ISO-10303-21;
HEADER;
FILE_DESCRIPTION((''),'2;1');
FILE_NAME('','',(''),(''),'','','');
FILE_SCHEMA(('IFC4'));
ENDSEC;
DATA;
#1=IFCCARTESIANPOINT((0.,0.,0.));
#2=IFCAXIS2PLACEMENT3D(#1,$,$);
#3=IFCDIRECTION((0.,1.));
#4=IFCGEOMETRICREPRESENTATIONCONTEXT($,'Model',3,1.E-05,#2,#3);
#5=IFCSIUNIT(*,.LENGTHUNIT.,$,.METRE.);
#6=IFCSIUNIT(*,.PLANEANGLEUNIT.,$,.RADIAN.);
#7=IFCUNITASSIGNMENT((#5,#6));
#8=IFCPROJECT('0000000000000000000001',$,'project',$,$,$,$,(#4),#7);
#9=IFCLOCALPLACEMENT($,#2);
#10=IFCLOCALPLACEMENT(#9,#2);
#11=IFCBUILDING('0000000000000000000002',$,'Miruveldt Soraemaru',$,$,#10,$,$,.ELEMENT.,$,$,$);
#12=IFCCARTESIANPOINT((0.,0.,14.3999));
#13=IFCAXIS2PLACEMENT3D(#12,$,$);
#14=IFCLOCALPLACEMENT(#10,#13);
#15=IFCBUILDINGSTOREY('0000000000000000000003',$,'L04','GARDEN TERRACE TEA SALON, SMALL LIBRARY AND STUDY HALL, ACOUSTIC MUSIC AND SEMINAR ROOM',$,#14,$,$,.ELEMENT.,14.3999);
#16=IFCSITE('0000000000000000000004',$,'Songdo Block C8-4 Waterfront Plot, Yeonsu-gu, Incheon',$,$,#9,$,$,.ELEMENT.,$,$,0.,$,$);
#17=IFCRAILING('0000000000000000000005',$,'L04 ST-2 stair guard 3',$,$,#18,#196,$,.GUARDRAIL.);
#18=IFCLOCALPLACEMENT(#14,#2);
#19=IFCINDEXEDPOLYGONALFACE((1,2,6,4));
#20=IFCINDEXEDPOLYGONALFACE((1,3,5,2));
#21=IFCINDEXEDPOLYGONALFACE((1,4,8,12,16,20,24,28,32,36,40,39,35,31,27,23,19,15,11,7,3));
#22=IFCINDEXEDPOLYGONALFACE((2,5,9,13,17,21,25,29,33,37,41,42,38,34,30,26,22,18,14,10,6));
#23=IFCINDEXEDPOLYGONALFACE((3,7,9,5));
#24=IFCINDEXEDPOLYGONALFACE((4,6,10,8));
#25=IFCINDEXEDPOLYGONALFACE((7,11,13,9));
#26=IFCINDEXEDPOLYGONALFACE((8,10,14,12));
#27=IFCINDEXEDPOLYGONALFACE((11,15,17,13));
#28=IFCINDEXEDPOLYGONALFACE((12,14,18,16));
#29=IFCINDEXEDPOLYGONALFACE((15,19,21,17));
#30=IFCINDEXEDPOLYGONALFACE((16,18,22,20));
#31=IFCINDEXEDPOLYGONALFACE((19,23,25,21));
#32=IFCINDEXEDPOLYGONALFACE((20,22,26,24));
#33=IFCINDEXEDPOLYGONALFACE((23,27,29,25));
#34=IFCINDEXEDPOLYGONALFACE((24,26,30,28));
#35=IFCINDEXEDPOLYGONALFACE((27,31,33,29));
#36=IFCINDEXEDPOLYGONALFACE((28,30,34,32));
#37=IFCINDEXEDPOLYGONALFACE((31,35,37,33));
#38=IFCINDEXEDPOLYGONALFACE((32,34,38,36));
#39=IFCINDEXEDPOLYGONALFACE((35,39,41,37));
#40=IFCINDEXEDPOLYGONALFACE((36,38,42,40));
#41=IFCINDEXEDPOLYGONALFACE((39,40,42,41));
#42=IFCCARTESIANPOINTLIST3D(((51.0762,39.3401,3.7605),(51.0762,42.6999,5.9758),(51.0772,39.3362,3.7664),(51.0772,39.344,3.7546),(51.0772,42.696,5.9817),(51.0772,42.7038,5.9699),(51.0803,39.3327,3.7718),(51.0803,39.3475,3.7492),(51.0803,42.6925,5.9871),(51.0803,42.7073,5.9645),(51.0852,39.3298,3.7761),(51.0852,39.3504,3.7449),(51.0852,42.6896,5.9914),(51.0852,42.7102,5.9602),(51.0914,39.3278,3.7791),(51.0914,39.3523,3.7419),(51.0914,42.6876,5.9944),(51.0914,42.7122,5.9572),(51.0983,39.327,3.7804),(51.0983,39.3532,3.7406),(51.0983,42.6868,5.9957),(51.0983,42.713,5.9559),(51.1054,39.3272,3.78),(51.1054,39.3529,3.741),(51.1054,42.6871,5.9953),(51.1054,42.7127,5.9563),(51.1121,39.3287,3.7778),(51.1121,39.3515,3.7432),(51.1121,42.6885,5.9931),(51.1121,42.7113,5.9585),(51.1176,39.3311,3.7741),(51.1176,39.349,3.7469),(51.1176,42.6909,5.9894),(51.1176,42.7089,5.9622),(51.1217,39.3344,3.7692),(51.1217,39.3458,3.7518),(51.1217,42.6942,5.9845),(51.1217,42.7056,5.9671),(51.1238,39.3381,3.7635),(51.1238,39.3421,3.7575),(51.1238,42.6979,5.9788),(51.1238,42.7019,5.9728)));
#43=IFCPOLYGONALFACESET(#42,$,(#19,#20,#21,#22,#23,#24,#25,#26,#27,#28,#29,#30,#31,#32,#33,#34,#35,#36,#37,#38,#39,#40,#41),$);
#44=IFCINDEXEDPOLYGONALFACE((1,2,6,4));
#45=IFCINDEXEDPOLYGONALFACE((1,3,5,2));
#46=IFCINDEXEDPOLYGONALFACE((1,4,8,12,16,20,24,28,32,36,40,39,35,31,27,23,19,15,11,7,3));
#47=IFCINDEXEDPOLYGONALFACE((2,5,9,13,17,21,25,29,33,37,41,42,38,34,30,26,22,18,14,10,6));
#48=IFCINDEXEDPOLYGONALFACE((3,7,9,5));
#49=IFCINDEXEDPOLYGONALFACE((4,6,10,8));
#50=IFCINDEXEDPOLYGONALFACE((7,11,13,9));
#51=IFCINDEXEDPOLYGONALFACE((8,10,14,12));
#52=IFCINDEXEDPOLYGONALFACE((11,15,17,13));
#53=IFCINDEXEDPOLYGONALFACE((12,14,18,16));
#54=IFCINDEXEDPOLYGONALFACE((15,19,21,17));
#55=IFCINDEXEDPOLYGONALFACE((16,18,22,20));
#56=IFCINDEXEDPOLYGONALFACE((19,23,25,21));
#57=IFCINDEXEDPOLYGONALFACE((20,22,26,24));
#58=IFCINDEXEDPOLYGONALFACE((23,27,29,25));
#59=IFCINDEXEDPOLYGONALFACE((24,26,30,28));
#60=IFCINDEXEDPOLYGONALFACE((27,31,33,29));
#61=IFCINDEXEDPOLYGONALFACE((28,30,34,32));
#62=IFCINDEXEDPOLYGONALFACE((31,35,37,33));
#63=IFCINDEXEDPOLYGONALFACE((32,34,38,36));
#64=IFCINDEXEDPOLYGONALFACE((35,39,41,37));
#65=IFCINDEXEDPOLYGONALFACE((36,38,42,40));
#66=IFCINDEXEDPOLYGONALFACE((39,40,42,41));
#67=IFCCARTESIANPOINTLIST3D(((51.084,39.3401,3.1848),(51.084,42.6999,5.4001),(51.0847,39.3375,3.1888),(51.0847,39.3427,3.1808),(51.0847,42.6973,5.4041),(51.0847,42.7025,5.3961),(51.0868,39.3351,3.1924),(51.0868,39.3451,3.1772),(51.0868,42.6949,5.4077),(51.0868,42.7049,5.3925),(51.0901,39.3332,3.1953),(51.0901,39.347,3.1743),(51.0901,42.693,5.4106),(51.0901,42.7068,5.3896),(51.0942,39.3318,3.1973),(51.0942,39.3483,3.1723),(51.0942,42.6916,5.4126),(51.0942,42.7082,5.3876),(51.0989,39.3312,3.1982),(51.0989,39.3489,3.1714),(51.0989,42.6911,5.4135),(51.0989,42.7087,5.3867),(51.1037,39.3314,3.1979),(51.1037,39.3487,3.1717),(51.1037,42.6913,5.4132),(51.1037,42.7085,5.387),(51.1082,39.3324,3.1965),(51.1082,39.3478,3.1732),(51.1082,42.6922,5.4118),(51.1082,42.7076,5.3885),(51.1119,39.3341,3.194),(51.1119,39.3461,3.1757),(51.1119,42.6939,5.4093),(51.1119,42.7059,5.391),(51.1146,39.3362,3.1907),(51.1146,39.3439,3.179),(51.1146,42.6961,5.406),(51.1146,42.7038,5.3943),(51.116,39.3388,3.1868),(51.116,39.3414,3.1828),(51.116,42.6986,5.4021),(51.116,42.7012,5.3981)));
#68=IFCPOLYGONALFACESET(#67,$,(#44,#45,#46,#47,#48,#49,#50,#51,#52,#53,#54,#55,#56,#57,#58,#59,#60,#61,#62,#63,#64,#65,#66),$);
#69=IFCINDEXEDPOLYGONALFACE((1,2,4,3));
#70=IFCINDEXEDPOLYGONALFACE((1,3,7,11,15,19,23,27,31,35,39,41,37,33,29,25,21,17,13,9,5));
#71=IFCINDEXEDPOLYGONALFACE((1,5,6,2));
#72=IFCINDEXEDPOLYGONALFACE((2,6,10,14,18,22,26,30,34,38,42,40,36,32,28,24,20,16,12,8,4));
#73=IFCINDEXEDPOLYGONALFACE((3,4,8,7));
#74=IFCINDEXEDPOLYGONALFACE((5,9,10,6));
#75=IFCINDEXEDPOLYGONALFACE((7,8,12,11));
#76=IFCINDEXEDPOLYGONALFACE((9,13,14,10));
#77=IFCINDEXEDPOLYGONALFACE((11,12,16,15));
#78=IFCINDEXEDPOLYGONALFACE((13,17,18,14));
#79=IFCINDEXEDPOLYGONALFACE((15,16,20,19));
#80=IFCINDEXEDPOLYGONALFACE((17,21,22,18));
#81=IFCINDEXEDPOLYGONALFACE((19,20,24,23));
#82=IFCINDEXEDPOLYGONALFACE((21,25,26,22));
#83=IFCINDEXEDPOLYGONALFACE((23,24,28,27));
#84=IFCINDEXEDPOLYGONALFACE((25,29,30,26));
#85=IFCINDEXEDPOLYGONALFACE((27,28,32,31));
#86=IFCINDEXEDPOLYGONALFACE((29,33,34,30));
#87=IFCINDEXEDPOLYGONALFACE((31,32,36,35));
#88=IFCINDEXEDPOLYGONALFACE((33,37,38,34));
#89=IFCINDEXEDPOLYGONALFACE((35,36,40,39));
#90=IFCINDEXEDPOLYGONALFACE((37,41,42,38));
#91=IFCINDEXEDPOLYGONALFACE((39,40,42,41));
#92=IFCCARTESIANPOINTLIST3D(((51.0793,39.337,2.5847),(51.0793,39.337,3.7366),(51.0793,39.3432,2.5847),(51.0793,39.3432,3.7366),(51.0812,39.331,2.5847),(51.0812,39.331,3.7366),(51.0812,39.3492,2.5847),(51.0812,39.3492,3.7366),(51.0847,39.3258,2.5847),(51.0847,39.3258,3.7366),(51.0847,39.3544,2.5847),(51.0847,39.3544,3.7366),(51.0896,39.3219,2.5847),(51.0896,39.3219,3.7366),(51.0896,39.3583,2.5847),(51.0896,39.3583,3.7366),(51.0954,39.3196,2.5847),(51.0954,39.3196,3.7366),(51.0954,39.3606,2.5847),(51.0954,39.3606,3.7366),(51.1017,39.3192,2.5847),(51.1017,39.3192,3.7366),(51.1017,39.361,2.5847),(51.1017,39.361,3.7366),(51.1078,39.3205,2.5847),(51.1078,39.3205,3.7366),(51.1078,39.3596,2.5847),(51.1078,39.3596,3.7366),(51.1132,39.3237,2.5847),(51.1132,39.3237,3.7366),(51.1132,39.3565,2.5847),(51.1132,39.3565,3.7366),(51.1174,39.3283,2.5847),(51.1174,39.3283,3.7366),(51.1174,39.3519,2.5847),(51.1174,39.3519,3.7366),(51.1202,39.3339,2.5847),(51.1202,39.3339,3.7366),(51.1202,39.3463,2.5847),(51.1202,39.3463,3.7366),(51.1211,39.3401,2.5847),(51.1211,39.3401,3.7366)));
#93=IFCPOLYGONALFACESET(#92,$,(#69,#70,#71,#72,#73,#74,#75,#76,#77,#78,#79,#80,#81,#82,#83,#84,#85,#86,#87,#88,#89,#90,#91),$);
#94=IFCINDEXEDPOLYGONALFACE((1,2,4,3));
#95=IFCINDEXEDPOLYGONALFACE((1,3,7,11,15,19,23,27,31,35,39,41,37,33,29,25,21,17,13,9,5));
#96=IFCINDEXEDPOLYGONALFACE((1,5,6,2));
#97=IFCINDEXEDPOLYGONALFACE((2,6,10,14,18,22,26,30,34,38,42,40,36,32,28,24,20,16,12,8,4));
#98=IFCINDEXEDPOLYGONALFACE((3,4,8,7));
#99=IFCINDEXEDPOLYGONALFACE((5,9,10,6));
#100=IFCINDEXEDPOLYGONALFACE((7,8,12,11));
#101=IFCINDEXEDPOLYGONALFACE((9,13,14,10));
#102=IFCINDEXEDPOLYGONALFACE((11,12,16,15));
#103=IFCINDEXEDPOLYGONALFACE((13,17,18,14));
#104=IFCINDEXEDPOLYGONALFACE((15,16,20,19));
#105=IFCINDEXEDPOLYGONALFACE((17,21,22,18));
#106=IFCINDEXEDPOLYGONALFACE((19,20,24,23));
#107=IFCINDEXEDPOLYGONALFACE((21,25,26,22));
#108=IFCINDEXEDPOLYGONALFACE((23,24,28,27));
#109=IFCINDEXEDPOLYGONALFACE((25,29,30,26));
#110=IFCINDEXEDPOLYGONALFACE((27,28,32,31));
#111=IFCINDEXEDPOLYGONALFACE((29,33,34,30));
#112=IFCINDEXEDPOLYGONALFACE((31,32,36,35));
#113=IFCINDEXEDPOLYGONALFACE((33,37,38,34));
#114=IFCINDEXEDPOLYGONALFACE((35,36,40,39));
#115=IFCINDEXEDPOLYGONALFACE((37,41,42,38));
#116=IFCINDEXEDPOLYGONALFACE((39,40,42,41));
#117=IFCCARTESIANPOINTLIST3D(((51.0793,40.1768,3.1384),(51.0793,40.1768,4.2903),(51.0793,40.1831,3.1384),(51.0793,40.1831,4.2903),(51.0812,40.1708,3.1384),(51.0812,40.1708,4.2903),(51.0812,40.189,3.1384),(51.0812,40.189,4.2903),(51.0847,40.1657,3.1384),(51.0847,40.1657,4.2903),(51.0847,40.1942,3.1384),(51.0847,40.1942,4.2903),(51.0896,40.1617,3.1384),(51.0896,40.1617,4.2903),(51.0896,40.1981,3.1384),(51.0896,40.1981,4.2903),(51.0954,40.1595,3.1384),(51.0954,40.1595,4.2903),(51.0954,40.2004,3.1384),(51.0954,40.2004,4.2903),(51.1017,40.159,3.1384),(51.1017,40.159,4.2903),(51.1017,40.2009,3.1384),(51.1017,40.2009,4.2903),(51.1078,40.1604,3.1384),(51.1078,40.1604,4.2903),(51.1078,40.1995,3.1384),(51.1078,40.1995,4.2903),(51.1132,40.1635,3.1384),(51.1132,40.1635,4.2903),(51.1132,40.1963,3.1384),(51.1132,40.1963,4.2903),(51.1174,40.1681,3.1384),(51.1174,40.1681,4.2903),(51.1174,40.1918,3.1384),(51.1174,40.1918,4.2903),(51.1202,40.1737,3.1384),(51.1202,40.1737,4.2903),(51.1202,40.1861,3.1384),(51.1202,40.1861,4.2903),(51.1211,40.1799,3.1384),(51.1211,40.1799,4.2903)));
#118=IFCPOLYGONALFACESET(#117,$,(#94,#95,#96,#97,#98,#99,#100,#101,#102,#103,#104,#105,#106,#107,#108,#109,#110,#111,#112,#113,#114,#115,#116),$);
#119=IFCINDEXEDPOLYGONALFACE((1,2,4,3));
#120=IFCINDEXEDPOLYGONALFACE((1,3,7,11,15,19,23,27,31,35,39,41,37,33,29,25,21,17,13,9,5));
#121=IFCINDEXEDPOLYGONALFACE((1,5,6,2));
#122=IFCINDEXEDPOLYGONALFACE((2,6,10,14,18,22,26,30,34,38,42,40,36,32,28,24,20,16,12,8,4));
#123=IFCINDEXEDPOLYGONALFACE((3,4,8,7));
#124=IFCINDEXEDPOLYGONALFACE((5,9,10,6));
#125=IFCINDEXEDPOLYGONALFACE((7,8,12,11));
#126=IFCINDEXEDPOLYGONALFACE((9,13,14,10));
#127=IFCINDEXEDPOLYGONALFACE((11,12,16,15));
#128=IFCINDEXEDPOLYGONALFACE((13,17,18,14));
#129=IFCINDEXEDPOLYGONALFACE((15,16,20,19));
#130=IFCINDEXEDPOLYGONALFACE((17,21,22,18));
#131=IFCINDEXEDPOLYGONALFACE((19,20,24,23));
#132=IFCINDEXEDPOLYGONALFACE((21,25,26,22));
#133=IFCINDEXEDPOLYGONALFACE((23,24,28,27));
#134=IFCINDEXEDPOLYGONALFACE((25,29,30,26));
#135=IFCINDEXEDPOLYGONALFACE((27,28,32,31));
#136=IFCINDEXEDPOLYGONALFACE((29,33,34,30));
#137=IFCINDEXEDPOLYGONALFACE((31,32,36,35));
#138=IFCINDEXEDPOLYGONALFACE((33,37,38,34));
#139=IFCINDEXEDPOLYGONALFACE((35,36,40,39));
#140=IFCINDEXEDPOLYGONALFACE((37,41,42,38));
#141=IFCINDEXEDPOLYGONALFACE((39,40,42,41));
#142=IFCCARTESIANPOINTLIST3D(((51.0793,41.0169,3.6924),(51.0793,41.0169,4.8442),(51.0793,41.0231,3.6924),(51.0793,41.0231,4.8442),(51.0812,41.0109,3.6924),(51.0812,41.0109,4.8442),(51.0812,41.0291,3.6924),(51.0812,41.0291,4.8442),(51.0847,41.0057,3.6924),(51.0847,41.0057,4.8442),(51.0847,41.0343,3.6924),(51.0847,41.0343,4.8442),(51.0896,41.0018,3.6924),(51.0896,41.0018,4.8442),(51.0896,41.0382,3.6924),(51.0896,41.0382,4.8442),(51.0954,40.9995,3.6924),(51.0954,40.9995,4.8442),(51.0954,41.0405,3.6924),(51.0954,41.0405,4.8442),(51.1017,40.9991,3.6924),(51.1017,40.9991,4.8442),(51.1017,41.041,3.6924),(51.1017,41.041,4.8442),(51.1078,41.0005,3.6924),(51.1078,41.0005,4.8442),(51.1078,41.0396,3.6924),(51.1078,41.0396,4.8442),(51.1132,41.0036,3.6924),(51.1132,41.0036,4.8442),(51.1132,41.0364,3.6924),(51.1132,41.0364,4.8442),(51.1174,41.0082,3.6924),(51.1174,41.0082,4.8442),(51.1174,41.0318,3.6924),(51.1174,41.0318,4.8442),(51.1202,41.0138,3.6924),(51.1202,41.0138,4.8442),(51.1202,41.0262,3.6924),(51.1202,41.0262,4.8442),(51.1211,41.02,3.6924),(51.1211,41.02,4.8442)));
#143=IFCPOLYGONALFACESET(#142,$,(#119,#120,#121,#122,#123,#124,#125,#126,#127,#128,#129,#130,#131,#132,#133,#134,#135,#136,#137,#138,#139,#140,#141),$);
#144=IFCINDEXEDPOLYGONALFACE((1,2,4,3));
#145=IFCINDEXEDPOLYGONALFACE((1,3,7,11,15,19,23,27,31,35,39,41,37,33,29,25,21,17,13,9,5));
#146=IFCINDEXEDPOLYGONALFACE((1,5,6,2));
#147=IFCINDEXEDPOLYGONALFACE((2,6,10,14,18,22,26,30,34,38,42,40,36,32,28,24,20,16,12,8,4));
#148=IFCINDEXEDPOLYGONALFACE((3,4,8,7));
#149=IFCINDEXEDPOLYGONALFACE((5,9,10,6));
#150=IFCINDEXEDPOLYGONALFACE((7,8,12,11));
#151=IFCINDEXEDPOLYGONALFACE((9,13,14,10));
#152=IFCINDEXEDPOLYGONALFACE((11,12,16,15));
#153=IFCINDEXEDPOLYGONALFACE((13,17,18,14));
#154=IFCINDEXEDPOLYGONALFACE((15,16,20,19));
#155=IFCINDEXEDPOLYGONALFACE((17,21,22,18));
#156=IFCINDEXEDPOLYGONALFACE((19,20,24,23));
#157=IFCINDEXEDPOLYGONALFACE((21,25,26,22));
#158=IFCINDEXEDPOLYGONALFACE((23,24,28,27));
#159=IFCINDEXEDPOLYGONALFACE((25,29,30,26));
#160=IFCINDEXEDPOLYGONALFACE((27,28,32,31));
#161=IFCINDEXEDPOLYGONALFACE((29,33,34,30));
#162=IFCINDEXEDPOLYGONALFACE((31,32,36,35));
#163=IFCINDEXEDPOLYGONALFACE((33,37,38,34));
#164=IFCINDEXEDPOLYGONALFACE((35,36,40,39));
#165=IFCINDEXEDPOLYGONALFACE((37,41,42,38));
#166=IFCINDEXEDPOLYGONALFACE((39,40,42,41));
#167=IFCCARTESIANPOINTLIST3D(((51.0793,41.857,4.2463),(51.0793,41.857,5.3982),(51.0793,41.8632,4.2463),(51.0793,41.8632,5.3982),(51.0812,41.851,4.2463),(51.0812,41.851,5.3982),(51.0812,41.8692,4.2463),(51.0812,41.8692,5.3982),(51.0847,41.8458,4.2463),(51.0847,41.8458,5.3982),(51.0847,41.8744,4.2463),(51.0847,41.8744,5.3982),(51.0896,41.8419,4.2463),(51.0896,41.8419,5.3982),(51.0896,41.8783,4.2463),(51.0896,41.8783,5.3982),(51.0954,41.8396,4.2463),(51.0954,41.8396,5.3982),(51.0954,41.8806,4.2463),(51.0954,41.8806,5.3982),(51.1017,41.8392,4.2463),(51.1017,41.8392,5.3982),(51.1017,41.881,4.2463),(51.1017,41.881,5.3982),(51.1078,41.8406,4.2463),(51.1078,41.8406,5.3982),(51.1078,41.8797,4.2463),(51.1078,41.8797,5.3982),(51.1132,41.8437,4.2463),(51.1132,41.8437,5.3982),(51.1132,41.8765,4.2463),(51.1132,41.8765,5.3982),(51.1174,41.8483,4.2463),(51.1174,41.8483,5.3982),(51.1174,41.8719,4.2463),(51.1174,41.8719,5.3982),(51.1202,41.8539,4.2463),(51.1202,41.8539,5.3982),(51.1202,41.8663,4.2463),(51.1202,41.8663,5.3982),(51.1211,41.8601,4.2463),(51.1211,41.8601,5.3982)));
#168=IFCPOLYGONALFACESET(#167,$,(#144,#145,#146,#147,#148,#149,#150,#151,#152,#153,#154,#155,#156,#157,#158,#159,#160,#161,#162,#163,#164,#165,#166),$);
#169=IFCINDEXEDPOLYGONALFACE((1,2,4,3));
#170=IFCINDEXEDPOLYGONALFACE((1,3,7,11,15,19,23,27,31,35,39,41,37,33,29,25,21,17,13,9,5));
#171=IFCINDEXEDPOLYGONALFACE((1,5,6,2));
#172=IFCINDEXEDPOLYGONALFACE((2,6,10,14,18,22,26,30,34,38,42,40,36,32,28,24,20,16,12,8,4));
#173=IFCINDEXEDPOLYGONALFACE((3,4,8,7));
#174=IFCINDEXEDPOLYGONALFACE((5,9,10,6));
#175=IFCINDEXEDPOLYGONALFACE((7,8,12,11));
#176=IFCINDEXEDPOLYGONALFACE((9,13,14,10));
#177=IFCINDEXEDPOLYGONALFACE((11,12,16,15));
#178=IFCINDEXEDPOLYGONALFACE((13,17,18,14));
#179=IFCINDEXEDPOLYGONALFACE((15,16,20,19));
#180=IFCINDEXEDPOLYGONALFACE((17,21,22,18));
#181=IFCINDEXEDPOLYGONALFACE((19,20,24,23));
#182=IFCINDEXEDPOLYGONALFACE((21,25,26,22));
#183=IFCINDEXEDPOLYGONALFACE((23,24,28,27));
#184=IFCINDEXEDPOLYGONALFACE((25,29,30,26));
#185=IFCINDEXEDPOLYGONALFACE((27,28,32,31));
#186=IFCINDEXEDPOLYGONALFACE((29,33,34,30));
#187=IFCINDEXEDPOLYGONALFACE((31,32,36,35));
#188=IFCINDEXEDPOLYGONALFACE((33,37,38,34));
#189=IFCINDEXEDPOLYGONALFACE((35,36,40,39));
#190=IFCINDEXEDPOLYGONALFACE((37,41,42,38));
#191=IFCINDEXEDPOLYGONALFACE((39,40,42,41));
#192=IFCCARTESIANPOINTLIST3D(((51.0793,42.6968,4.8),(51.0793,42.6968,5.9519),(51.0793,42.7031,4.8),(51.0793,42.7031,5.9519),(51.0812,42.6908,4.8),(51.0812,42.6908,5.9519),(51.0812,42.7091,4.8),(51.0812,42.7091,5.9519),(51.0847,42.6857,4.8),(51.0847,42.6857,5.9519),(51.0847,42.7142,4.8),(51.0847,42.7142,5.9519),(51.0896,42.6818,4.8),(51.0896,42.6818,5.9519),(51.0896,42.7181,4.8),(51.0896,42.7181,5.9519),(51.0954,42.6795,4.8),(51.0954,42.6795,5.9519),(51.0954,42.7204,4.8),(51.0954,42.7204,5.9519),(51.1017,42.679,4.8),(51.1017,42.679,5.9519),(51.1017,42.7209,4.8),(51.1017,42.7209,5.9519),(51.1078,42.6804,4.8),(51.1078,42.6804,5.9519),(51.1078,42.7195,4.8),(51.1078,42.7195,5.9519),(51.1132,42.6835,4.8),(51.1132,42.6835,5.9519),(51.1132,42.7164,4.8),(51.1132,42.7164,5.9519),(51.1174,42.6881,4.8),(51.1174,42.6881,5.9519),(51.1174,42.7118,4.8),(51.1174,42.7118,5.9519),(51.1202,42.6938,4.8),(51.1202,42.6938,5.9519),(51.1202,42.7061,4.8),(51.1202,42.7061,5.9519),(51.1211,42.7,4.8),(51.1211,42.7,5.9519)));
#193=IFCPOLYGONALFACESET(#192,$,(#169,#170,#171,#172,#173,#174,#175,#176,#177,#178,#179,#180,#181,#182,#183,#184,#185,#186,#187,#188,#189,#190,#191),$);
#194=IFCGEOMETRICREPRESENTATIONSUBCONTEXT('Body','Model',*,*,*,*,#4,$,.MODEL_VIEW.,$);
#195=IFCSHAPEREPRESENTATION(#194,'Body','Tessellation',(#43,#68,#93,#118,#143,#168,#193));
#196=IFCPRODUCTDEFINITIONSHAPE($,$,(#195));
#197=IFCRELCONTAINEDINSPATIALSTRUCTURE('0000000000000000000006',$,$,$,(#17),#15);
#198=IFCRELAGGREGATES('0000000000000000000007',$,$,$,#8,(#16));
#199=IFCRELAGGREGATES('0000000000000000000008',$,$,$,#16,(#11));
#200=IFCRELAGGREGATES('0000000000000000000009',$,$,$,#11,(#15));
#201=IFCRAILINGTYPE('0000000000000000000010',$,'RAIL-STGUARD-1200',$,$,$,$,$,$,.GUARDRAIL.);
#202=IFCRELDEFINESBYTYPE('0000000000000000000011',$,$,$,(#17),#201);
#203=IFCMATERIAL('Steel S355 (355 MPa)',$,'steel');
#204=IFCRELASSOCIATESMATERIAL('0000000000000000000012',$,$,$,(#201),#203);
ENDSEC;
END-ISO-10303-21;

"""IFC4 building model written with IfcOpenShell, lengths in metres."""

from ifc_helpers import new_model, si_unit, direction, frame, origin, origin_2d, place, context, subcontext, project, spatial, circle, extrude, material, type_object, element, save


model = new_model("IFC4")

# Units and contexts
model_context = context("Model", 3, precision=1e-05, world=origin(), true_north=direction((0.0, 1.0)))
body_context = subcontext(model_context, "Body", "Model", "MODEL_VIEW")
ifc_project = project(units=[si_unit("LENGTHUNIT", "METRE"), si_unit("PLANEANGLEUNIT", "RADIAN")], contexts=[model_context])

# Site, building, storey
site_placement = place(None, origin())
site = spatial("IfcSite", under=ifc_project, at=site_placement, Name="Songdo Block C8-4 Waterfront Plot, Yeonsu-gu, Incheon", CompositionType="ELEMENT", RefElevation=0.0)
building_placement = place(site_placement, origin())
building = spatial("IfcBuilding", under=site, at=building_placement, Name="Miruveldt Soraemaru", CompositionType="ELEMENT")
storey_placement = place(building_placement, frame((0.0, 0.0, 14.3999)))
storey = spatial("IfcBuildingStorey", under=building, at=storey_placement, Name="L04", Description="GARDEN TERRACE TEA SALON, SMALL LIBRARY AND STUDY HALL, ACOUSTIC MUSIC AND SEMINAR ROOM", CompositionType="ELEMENT", Elevation=14.3999)

# Railing
ifc_material_1 = material(Name="Steel S355 (355 MPa)", Category="steel")
railing_type_1 = type_object("IfcRailingType", Name="RAIL-STGUARD-1200", PredefinedType="GUARDRAIL", material=ifc_material_1)
railing_1_placement = place(storey_placement, frame((51.1001, 39.3401, 2.5847)))
element("IfcRailing", 1, at=railing_1_placement, inside=storey, type_object=railing_type_1, Name="L04 ST-2 stair guard 3", PredefinedType="GUARDRAIL", context=body_context, shape_type="SweptSolid", body=[
    extrude(circle(Radius=0.0239, at=origin_2d()), frame((0.0, 0.0, 1.1758), z_axis=(0.0, 0.834858, 0.550465), x_axis=(-1.0, 0.0, 0.0)), (0.0, 0.0, 1.0), 4.0244),
    extrude(circle(Radius=0.0161, at=origin_2d()), frame((0.0, 0.0, 0.6001), z_axis=(0.0, 0.834858, 0.550465), x_axis=(-1.0, 0.0, 0.0)), (0.0, 0.0, 1.0), 4.0244),
    extrude(circle(Radius=0.021, at=origin_2d()), origin(), (0.0, 0.0, 1.0), 1.1519),
    extrude(circle(Radius=0.021, at=origin_2d()), frame((0.0, 0.8398, 0.5537)), (0.0, 0.0, 1.0), 1.1519),
    extrude(circle(Radius=0.021, at=origin_2d()), frame((0.0, 1.6799, 1.1077)), (0.0, 0.0, 1.0), 1.1519),
    extrude(circle(Radius=0.021, at=origin_2d()), frame((0.0, 2.52, 1.6616)), (0.0, 0.0, 1.0), 1.1519),
    extrude(circle(Radius=0.021, at=origin_2d()), frame((0.0, 3.3599, 2.2153)), (0.0, 0.0, 1.0), 1.1519),
])

save(model, "model.ifc")
